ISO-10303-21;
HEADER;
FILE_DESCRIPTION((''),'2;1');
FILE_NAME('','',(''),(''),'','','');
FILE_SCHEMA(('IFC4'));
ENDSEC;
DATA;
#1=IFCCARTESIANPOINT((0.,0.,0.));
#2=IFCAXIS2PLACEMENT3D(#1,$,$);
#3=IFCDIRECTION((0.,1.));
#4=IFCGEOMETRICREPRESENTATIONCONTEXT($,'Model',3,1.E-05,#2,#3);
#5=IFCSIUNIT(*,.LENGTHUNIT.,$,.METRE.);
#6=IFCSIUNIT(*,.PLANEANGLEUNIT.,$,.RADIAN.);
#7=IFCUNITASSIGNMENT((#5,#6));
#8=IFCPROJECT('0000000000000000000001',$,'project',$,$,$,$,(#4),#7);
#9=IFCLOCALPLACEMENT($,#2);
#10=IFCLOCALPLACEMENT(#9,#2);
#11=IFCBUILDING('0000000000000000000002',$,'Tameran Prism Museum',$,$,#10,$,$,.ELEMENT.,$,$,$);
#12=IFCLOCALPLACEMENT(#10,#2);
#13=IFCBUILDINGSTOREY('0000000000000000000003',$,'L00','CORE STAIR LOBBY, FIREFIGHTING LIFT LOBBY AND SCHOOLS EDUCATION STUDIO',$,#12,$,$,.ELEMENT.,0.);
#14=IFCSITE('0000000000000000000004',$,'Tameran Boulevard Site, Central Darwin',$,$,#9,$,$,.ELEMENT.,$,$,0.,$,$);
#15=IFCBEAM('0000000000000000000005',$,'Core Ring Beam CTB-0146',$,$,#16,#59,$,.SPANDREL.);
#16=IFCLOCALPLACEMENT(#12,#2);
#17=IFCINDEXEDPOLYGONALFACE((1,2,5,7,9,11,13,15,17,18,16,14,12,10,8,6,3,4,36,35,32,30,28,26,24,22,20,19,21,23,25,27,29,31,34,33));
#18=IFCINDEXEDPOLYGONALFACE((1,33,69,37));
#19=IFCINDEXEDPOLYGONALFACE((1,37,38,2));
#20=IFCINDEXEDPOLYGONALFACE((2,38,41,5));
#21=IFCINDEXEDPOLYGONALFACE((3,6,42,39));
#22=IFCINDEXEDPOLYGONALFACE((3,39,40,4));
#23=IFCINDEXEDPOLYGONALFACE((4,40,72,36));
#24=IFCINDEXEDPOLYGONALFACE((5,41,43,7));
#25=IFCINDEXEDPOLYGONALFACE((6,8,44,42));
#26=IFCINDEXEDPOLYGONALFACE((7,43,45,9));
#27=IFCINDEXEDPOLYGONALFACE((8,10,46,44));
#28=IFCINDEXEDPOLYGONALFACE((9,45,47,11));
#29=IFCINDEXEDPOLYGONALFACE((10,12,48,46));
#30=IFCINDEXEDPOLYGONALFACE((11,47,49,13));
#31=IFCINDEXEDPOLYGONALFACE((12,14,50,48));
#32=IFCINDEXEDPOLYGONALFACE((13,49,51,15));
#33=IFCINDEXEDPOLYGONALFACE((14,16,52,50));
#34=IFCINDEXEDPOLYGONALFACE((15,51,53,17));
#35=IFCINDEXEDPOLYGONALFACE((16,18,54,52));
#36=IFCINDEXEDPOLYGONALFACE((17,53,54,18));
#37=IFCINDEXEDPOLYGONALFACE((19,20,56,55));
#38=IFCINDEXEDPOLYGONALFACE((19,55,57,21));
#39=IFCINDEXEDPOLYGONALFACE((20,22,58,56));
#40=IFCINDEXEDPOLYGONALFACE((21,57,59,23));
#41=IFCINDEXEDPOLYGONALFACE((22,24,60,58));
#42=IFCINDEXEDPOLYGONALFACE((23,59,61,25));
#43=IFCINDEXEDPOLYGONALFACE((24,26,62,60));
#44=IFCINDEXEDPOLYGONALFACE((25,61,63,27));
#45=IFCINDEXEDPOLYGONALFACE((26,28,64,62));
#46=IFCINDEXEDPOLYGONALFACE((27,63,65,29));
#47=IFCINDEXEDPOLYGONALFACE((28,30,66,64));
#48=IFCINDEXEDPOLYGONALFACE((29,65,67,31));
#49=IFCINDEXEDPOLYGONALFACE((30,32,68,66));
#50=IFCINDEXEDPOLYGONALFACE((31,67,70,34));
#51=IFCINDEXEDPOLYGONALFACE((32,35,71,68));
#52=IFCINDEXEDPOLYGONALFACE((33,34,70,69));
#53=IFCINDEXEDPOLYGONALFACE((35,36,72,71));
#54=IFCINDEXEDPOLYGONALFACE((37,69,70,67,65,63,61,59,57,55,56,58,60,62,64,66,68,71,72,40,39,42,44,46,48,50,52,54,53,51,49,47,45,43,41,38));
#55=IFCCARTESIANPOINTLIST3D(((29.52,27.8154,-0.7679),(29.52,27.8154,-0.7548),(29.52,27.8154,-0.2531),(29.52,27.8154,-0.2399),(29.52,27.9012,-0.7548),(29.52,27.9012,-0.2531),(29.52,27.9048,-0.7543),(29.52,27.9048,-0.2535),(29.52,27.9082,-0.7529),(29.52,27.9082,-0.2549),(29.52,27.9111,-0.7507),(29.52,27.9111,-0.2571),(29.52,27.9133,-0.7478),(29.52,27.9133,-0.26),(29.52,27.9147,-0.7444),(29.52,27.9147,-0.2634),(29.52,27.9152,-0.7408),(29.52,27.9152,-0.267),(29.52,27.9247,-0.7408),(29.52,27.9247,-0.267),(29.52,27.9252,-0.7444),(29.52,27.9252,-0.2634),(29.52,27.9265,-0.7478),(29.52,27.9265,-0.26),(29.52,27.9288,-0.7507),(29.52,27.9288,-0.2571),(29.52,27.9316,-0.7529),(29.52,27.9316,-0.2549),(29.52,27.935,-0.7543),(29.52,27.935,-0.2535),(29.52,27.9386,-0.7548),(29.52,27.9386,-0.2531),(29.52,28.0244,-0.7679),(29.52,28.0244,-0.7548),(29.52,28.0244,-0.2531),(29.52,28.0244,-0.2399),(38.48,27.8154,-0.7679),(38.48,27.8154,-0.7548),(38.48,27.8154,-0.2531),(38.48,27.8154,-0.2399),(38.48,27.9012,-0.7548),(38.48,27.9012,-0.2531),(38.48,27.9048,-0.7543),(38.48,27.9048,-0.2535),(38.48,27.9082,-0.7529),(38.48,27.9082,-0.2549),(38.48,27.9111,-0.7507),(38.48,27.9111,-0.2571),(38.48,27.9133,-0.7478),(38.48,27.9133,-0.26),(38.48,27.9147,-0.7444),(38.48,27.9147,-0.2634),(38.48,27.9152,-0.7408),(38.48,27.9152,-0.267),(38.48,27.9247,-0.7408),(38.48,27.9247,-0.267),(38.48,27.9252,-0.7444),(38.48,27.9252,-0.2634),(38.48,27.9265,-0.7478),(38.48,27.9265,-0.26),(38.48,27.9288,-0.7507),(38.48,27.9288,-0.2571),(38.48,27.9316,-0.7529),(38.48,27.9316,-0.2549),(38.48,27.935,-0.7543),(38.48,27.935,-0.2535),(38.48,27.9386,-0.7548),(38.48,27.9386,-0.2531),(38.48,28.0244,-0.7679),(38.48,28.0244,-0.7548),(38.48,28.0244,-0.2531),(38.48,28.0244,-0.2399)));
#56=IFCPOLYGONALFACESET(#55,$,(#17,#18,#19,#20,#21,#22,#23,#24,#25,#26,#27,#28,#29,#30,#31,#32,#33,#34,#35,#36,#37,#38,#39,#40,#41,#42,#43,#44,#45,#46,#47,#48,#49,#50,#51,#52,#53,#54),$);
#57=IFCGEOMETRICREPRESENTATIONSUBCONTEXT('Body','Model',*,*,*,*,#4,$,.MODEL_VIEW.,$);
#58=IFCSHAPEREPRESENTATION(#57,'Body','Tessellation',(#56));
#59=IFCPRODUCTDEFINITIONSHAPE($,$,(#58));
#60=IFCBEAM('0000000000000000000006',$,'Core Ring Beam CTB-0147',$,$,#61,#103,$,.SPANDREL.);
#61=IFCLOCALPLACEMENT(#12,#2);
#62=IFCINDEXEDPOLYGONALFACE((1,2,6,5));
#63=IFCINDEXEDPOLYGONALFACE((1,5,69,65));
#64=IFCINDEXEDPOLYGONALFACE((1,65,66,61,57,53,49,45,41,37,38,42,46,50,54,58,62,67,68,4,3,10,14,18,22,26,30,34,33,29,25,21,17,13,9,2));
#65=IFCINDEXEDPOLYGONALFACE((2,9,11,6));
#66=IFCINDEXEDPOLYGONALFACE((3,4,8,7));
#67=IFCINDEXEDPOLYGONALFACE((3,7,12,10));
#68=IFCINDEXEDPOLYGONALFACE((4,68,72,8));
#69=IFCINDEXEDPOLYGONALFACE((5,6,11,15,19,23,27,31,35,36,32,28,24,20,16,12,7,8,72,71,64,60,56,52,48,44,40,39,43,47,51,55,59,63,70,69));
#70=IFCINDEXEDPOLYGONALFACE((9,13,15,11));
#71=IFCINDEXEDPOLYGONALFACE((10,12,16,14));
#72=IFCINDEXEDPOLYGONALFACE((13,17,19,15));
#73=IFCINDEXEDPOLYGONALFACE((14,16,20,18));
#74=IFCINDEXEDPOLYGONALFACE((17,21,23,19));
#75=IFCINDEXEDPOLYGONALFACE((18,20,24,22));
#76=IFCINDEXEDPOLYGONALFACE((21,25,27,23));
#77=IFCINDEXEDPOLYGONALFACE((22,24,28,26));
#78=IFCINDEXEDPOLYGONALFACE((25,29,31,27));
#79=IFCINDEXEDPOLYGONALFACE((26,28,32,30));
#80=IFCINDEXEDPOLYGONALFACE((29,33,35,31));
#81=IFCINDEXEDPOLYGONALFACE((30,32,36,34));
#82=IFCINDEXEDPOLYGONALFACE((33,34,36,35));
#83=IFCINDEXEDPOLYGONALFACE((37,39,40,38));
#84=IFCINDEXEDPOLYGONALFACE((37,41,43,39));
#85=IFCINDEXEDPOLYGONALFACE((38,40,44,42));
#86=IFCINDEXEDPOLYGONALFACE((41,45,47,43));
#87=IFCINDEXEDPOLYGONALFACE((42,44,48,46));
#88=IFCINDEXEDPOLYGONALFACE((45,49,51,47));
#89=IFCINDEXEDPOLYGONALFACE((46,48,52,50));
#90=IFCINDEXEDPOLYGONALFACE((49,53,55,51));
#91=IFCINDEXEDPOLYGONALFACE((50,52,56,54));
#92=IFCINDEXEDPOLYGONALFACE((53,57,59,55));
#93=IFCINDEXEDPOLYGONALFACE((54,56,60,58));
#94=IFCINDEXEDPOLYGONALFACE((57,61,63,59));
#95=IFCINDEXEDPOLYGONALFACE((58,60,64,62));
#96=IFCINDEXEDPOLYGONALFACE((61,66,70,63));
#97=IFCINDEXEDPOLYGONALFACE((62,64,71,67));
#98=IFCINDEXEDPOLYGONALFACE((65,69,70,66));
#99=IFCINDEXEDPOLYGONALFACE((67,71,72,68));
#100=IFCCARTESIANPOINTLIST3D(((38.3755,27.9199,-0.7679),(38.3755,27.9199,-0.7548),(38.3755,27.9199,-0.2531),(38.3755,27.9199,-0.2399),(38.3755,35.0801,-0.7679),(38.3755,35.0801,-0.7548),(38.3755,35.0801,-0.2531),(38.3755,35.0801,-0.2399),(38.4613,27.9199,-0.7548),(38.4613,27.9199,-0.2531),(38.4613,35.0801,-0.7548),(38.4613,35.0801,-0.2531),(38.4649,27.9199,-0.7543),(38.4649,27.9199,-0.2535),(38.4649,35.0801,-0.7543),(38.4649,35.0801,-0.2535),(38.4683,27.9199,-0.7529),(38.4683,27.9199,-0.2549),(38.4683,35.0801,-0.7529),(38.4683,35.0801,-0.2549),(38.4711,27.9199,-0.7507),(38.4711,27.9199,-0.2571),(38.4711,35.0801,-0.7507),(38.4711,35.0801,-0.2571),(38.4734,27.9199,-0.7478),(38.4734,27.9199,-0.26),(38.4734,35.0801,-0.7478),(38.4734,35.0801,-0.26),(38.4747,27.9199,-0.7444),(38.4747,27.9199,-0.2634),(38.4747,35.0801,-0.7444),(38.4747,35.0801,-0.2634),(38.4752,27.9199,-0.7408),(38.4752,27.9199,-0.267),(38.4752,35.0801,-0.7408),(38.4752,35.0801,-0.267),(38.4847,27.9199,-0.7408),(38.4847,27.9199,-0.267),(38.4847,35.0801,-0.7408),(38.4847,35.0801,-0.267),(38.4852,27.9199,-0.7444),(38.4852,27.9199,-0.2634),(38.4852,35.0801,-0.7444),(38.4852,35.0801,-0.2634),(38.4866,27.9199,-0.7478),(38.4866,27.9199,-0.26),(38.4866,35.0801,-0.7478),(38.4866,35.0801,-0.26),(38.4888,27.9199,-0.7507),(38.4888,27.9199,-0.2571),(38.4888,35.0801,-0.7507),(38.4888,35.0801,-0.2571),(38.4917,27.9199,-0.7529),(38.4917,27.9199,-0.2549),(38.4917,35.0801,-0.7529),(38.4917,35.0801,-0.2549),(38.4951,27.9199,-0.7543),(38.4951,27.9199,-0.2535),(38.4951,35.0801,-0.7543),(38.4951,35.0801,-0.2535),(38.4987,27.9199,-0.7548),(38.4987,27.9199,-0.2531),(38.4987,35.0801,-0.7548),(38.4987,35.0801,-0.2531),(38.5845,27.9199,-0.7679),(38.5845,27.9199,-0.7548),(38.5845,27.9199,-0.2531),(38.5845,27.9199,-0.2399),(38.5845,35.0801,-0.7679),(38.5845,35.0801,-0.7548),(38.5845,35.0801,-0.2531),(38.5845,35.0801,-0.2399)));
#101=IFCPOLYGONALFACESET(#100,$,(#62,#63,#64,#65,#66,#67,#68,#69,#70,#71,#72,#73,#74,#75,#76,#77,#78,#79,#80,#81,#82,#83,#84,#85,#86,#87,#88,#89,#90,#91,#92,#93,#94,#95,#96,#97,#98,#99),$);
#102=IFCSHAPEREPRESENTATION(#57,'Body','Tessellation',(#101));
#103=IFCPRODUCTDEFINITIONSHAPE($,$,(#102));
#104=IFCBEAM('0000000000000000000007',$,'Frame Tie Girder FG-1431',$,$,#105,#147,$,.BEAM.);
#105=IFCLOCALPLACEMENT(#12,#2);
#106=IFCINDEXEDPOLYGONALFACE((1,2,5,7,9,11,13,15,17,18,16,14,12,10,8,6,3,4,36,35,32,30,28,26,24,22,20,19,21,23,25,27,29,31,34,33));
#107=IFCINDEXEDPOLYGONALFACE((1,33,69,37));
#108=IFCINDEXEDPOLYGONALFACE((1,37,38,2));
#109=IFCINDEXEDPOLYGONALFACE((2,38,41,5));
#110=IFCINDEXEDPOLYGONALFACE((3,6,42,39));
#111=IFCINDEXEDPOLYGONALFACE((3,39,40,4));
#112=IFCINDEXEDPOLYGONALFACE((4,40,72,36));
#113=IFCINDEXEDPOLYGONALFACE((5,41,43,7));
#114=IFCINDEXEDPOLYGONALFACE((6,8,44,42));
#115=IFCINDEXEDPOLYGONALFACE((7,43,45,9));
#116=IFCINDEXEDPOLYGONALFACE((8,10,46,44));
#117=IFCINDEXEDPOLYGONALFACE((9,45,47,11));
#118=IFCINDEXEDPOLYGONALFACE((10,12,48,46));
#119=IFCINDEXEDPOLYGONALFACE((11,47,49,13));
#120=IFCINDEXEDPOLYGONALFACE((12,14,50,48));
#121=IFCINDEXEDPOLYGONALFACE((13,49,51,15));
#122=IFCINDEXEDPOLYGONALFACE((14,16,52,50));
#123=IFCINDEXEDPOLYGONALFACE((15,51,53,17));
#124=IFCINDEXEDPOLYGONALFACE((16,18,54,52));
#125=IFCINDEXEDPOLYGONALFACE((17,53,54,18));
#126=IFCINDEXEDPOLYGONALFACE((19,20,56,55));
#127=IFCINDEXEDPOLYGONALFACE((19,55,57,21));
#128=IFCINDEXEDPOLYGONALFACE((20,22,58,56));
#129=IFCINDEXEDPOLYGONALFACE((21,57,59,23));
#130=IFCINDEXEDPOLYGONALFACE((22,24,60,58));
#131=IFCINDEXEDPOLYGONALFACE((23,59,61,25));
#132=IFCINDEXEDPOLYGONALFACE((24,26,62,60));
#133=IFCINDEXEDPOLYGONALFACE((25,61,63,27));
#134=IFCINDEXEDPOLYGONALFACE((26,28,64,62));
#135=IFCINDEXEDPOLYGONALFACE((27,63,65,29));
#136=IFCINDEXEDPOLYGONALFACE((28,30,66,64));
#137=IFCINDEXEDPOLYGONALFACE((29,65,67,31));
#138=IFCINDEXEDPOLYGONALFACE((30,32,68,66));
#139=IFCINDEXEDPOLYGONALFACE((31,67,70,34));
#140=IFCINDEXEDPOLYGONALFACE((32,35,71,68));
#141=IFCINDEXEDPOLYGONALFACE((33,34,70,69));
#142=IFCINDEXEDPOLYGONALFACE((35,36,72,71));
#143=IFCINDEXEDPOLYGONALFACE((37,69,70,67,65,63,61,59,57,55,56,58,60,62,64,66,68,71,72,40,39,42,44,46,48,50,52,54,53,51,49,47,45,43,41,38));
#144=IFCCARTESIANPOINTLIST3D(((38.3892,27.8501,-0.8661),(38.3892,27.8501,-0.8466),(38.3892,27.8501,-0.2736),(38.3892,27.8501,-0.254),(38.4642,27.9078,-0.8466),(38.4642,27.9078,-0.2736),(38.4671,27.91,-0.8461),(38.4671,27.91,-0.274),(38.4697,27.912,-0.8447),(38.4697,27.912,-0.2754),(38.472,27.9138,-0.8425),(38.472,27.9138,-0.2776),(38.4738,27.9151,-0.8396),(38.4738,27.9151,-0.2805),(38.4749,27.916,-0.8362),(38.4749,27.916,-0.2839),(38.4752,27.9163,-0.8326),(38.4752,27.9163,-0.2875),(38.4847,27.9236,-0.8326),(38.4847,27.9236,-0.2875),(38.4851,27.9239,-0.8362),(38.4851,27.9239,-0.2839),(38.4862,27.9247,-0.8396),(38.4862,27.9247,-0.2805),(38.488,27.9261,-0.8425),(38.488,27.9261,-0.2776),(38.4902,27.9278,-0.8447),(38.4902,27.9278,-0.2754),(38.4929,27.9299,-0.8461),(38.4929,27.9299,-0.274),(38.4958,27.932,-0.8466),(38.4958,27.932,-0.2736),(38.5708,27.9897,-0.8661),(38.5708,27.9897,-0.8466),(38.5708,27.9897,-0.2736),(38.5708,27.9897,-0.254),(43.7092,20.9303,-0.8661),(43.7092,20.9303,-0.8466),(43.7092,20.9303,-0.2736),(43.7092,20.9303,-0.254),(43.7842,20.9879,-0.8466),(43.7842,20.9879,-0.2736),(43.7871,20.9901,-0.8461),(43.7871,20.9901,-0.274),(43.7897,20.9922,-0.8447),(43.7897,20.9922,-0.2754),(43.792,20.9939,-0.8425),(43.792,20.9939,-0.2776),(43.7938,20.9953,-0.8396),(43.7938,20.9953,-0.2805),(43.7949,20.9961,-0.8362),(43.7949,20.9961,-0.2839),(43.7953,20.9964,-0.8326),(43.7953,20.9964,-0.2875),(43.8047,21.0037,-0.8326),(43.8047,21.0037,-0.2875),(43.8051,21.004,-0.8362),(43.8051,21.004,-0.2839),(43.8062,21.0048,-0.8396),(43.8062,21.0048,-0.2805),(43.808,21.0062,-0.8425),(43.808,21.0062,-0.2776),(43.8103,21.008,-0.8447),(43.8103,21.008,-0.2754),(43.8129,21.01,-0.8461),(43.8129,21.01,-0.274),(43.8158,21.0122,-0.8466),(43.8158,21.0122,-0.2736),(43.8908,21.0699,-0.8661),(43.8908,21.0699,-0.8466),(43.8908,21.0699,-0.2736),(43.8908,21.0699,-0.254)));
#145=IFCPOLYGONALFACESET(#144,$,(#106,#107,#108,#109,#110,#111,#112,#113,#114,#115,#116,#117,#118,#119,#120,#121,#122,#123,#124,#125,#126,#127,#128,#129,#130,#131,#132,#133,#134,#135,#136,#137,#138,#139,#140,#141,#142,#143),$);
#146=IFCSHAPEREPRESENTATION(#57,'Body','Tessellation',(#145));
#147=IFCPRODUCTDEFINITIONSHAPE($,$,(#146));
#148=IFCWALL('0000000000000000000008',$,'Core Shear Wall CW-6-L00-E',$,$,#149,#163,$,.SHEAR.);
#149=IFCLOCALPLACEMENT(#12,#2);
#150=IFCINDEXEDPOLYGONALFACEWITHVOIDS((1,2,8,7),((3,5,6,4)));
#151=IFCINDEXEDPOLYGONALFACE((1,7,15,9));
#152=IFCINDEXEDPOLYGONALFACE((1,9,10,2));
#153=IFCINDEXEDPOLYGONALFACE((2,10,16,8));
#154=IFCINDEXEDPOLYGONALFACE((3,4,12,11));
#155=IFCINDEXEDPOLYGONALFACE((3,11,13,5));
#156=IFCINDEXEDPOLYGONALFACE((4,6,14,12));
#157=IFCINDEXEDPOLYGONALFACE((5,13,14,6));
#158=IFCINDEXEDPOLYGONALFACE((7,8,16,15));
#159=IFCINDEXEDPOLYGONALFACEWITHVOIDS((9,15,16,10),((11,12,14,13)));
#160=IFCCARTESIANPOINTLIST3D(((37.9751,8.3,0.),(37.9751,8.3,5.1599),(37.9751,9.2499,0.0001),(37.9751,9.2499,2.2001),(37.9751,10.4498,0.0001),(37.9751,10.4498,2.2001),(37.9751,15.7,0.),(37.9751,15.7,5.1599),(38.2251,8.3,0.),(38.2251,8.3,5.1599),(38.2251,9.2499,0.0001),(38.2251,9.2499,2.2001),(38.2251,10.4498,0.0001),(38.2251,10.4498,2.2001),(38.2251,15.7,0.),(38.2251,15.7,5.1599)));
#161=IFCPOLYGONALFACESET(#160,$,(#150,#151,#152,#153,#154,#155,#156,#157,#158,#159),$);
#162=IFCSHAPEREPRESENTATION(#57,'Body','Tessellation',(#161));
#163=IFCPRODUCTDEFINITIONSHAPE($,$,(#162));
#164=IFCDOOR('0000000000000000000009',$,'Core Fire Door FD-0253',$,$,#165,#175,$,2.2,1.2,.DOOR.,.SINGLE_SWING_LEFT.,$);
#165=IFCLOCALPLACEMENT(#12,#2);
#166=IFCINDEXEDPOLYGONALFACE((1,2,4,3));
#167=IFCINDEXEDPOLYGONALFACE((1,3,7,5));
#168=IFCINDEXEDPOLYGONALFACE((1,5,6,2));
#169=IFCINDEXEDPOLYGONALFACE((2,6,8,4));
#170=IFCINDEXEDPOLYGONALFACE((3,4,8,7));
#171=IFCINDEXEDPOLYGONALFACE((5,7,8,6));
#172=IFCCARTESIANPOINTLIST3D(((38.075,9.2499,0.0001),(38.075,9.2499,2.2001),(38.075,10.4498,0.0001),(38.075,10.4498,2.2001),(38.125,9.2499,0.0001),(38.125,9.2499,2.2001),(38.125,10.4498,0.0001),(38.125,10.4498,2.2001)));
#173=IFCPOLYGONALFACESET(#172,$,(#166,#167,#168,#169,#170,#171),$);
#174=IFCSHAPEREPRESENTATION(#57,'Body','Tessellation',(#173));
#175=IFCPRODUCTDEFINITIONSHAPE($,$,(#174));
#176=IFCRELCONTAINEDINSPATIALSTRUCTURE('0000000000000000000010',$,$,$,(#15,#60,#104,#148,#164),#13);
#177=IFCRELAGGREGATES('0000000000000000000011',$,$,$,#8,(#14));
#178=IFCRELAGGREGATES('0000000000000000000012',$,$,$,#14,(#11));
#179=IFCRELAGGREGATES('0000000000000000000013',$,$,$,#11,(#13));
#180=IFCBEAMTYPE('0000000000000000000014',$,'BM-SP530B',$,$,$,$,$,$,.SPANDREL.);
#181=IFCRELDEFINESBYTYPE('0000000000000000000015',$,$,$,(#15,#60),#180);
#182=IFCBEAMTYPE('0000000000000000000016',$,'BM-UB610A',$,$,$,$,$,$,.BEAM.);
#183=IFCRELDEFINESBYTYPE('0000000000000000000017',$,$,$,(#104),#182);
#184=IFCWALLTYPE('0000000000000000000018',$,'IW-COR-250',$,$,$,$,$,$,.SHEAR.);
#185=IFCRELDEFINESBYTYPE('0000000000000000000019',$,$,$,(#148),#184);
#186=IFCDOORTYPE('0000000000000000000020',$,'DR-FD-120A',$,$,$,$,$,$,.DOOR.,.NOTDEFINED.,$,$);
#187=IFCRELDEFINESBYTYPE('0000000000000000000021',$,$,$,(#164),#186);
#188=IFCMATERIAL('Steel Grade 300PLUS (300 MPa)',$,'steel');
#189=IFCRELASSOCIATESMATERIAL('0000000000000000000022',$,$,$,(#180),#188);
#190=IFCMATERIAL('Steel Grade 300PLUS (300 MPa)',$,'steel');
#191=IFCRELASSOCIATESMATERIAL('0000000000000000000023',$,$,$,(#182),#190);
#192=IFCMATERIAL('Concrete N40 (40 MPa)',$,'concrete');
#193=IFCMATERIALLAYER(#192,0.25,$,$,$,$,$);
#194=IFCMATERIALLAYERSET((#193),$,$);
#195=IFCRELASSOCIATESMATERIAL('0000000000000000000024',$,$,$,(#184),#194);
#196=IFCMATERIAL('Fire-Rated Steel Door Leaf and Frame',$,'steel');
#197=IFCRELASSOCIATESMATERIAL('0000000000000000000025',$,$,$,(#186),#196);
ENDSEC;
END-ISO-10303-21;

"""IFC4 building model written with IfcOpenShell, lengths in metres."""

from ifc_helpers import new_model, si_unit, direction, frame, frame_2d, origin, origin_2d, place, context, subcontext, project, spatial, rectangle, i_section, extrude, material, layer, layer_set, material_profile, profile_set, type_object, element, fill, save


model = new_model("IFC4")

# Units and contexts
model_context = context("Model", 3, precision=1e-05, world=origin(), true_north=direction((0.0, 1.0)))
body_context = subcontext(model_context, "Body", "Model", "MODEL_VIEW")
ifc_project = project(units=[si_unit("LENGTHUNIT", "METRE"), si_unit("PLANEANGLEUNIT", "RADIAN")], contexts=[model_context])

# Site, building, storey
site_placement = place(None, origin())
site = spatial("IfcSite", under=ifc_project, at=site_placement, Name="Tameran Boulevard Site, Central Darwin", CompositionType="ELEMENT", RefElevation=0.0)
building_placement = place(site_placement, origin())
building = spatial("IfcBuilding", under=site, at=building_placement, Name="Tameran Prism Museum", CompositionType="ELEMENT")
storey_placement = place(building_placement, origin())
storey = spatial("IfcBuildingStorey", under=building, at=storey_placement, Name="L00", Description="CORE STAIR LOBBY, FIREFIGHTING LIFT LOBBY AND SCHOOLS EDUCATION STUDIO", CompositionType="ELEMENT", Elevation=0.0)

# Beams
ifc_material_1 = material(Name="Steel Grade 300PLUS (300 MPa)", Category="steel")
ifc_material_profile_1 = material_profile(ifc_material_1, i_section(OverallWidth=0.209, OverallDepth=0.5281, WebThickness=0.0095, FlangeThickness=0.0132, FilletRadius=0.0139, at=origin_2d()))
ifc_profile_set_1 = profile_set([ifc_material_profile_1])
beam_type_1 = type_object("IfcBeamType", Name="BM-SP530B", PredefinedType="SPANDREL", material=ifc_profile_set_1)
beam_1_placement = place(storey_placement, frame((29.52, 27.9199, -0.5039), z_axis=(1.0, 0.0, 0.0), x_axis=(0.0, 1.0, 0.0)))
element("IfcBeam", 1, at=beam_1_placement, inside=storey, type_object=beam_type_1, Name="Core Ring Beam CTB-0146", PredefinedType="SPANDREL", context=body_context, shape_type="SweptSolid", body=[
    extrude(i_section(OverallWidth=0.209, OverallDepth=0.5281, WebThickness=0.0095, FlangeThickness=0.0132, FilletRadius=0.0139, at=origin_2d()), origin(), (0.0, 0.0, 1.0), 8.96),
])
beam_2_placement = place(storey_placement, frame((38.48, 27.9199, -0.5039), z_axis=(0.0, 1.0, 0.0), x_axis=(-1.0, 0.0, 0.0)))
element("IfcBeam", 2, at=beam_2_placement, inside=storey, type_object=beam_type_1, Name="Core Ring Beam CTB-0147", PredefinedType="SPANDREL", context=body_context, shape_type="SweptSolid", body=[
    extrude(i_section(OverallWidth=0.209, OverallDepth=0.5281, WebThickness=0.0095, FlangeThickness=0.0132, FilletRadius=0.0139, at=origin_2d()), origin(), (0.0, 0.0, 1.0), 7.1602),
])
ifc_material_2 = material(Name="Steel Grade 300PLUS (300 MPa)", Category="steel")
ifc_material_profile_2 = material_profile(ifc_material_2, i_section(OverallWidth=0.229, OverallDepth=0.6121, WebThickness=0.012, FlangeThickness=0.0195, FilletRadius=0.0139, at=origin_2d()))
ifc_profile_set_2 = profile_set([ifc_material_profile_2])
beam_type_2 = type_object("IfcBeamType", Name="BM-UB610A", PredefinedType="BEAM", material=ifc_profile_set_2)
beam_3_placement = place(storey_placement, frame((38.48, 27.9199, -0.5601), z_axis=(0.609499, -0.792787, 0.0), x_axis=(0.792787, 0.609499, 0.0)))
element("IfcBeam", 3, at=beam_3_placement, inside=storey, type_object=beam_type_2, Name="Frame Tie Girder FG-1431", PredefinedType="BEAM", context=body_context, shape_type="SweptSolid", body=[
    extrude(i_section(OverallWidth=0.229, OverallDepth=0.6121, WebThickness=0.012, FlangeThickness=0.0195, FilletRadius=0.0139, at=origin_2d()), origin(), (0.0, 0.0, 1.0), 8.7285),
])

# Wall, opening, door
ifc_material_3 = material(Name="Concrete N40 (40 MPa)", Category="concrete")
ifc_layer_1 = layer(ifc_material_3, 0.25)
ifc_layer_set_1 = layer_set([ifc_layer_1])
wall_type_1 = type_object("IfcWallType", Name="IW-COR-250", PredefinedType="SHEAR", material=ifc_layer_set_1)
wall_1_placement = place(storey_placement, frame((38.1001, 15.7, 0.0), z_axis=(0.0, 0.0, 1.0), x_axis=(0.0, -1.0, 0.0)))
wall_1 = element("IfcWall", 4, at=wall_1_placement, inside=storey, type_object=wall_type_1, Name="Core Shear Wall CW-6-L00-E", PredefinedType="SHEAR", context=body_context, shape_type="SweptSolid", body=[
    extrude(rectangle(XDim=7.3999, YDim=0.25, at=frame_2d((3.7, 0.0))), origin(), (0.0, 0.0, 1.0), 5.1599),
])
opening_1_placement = place(wall_1_placement, frame((5.25, 0.0, 0.0)))
opening_1 = element("IfcOpeningElement", 5, at=opening_1_placement, cuts=wall_1, PredefinedType="OPENING", context=body_context, shape_type="SweptSolid", body=[
    extrude(rectangle(XDim=1.2, YDim=2.2, at=frame_2d((0.6001, 1.1001))), frame((0.0, 0.135, 0.0), z_axis=(0.0, -1.0, 0.0), x_axis=(1.0, 0.0, 0.0)), (0.0, 0.0, 1.0), 0.27),
])
ifc_material_4 = material(Name="Fire-Rated Steel Door Leaf and Frame", Category="steel")
door_type_1 = type_object("IfcDoorType", Name="DR-FD-120A", OperationType="NOTDEFINED", PredefinedType="DOOR", material=ifc_material_4)
door_1_placement = place(opening_1_placement, origin())
door_1 = element("IfcDoor", 6, at=door_1_placement, inside=storey, type_object=door_type_1, Name="Core Fire Door FD-0253", OperationType="SINGLE_SWING_LEFT", OverallHeight=2.2, OverallWidth=1.2, PredefinedType="DOOR", context=body_context, shape_type="SweptSolid", body=[
    extrude(rectangle(XDim=1.2, YDim=2.2, at=frame_2d((0.6001, 1.1001))), frame((0.0, 0.0249, 0.0), z_axis=(0.0, -1.0, 0.0), x_axis=(1.0, 0.0, 0.0)), (0.0, 0.0, 1.0), 0.05),
])
fill(opening_1, door_1)

save(model, "model.ifc")
